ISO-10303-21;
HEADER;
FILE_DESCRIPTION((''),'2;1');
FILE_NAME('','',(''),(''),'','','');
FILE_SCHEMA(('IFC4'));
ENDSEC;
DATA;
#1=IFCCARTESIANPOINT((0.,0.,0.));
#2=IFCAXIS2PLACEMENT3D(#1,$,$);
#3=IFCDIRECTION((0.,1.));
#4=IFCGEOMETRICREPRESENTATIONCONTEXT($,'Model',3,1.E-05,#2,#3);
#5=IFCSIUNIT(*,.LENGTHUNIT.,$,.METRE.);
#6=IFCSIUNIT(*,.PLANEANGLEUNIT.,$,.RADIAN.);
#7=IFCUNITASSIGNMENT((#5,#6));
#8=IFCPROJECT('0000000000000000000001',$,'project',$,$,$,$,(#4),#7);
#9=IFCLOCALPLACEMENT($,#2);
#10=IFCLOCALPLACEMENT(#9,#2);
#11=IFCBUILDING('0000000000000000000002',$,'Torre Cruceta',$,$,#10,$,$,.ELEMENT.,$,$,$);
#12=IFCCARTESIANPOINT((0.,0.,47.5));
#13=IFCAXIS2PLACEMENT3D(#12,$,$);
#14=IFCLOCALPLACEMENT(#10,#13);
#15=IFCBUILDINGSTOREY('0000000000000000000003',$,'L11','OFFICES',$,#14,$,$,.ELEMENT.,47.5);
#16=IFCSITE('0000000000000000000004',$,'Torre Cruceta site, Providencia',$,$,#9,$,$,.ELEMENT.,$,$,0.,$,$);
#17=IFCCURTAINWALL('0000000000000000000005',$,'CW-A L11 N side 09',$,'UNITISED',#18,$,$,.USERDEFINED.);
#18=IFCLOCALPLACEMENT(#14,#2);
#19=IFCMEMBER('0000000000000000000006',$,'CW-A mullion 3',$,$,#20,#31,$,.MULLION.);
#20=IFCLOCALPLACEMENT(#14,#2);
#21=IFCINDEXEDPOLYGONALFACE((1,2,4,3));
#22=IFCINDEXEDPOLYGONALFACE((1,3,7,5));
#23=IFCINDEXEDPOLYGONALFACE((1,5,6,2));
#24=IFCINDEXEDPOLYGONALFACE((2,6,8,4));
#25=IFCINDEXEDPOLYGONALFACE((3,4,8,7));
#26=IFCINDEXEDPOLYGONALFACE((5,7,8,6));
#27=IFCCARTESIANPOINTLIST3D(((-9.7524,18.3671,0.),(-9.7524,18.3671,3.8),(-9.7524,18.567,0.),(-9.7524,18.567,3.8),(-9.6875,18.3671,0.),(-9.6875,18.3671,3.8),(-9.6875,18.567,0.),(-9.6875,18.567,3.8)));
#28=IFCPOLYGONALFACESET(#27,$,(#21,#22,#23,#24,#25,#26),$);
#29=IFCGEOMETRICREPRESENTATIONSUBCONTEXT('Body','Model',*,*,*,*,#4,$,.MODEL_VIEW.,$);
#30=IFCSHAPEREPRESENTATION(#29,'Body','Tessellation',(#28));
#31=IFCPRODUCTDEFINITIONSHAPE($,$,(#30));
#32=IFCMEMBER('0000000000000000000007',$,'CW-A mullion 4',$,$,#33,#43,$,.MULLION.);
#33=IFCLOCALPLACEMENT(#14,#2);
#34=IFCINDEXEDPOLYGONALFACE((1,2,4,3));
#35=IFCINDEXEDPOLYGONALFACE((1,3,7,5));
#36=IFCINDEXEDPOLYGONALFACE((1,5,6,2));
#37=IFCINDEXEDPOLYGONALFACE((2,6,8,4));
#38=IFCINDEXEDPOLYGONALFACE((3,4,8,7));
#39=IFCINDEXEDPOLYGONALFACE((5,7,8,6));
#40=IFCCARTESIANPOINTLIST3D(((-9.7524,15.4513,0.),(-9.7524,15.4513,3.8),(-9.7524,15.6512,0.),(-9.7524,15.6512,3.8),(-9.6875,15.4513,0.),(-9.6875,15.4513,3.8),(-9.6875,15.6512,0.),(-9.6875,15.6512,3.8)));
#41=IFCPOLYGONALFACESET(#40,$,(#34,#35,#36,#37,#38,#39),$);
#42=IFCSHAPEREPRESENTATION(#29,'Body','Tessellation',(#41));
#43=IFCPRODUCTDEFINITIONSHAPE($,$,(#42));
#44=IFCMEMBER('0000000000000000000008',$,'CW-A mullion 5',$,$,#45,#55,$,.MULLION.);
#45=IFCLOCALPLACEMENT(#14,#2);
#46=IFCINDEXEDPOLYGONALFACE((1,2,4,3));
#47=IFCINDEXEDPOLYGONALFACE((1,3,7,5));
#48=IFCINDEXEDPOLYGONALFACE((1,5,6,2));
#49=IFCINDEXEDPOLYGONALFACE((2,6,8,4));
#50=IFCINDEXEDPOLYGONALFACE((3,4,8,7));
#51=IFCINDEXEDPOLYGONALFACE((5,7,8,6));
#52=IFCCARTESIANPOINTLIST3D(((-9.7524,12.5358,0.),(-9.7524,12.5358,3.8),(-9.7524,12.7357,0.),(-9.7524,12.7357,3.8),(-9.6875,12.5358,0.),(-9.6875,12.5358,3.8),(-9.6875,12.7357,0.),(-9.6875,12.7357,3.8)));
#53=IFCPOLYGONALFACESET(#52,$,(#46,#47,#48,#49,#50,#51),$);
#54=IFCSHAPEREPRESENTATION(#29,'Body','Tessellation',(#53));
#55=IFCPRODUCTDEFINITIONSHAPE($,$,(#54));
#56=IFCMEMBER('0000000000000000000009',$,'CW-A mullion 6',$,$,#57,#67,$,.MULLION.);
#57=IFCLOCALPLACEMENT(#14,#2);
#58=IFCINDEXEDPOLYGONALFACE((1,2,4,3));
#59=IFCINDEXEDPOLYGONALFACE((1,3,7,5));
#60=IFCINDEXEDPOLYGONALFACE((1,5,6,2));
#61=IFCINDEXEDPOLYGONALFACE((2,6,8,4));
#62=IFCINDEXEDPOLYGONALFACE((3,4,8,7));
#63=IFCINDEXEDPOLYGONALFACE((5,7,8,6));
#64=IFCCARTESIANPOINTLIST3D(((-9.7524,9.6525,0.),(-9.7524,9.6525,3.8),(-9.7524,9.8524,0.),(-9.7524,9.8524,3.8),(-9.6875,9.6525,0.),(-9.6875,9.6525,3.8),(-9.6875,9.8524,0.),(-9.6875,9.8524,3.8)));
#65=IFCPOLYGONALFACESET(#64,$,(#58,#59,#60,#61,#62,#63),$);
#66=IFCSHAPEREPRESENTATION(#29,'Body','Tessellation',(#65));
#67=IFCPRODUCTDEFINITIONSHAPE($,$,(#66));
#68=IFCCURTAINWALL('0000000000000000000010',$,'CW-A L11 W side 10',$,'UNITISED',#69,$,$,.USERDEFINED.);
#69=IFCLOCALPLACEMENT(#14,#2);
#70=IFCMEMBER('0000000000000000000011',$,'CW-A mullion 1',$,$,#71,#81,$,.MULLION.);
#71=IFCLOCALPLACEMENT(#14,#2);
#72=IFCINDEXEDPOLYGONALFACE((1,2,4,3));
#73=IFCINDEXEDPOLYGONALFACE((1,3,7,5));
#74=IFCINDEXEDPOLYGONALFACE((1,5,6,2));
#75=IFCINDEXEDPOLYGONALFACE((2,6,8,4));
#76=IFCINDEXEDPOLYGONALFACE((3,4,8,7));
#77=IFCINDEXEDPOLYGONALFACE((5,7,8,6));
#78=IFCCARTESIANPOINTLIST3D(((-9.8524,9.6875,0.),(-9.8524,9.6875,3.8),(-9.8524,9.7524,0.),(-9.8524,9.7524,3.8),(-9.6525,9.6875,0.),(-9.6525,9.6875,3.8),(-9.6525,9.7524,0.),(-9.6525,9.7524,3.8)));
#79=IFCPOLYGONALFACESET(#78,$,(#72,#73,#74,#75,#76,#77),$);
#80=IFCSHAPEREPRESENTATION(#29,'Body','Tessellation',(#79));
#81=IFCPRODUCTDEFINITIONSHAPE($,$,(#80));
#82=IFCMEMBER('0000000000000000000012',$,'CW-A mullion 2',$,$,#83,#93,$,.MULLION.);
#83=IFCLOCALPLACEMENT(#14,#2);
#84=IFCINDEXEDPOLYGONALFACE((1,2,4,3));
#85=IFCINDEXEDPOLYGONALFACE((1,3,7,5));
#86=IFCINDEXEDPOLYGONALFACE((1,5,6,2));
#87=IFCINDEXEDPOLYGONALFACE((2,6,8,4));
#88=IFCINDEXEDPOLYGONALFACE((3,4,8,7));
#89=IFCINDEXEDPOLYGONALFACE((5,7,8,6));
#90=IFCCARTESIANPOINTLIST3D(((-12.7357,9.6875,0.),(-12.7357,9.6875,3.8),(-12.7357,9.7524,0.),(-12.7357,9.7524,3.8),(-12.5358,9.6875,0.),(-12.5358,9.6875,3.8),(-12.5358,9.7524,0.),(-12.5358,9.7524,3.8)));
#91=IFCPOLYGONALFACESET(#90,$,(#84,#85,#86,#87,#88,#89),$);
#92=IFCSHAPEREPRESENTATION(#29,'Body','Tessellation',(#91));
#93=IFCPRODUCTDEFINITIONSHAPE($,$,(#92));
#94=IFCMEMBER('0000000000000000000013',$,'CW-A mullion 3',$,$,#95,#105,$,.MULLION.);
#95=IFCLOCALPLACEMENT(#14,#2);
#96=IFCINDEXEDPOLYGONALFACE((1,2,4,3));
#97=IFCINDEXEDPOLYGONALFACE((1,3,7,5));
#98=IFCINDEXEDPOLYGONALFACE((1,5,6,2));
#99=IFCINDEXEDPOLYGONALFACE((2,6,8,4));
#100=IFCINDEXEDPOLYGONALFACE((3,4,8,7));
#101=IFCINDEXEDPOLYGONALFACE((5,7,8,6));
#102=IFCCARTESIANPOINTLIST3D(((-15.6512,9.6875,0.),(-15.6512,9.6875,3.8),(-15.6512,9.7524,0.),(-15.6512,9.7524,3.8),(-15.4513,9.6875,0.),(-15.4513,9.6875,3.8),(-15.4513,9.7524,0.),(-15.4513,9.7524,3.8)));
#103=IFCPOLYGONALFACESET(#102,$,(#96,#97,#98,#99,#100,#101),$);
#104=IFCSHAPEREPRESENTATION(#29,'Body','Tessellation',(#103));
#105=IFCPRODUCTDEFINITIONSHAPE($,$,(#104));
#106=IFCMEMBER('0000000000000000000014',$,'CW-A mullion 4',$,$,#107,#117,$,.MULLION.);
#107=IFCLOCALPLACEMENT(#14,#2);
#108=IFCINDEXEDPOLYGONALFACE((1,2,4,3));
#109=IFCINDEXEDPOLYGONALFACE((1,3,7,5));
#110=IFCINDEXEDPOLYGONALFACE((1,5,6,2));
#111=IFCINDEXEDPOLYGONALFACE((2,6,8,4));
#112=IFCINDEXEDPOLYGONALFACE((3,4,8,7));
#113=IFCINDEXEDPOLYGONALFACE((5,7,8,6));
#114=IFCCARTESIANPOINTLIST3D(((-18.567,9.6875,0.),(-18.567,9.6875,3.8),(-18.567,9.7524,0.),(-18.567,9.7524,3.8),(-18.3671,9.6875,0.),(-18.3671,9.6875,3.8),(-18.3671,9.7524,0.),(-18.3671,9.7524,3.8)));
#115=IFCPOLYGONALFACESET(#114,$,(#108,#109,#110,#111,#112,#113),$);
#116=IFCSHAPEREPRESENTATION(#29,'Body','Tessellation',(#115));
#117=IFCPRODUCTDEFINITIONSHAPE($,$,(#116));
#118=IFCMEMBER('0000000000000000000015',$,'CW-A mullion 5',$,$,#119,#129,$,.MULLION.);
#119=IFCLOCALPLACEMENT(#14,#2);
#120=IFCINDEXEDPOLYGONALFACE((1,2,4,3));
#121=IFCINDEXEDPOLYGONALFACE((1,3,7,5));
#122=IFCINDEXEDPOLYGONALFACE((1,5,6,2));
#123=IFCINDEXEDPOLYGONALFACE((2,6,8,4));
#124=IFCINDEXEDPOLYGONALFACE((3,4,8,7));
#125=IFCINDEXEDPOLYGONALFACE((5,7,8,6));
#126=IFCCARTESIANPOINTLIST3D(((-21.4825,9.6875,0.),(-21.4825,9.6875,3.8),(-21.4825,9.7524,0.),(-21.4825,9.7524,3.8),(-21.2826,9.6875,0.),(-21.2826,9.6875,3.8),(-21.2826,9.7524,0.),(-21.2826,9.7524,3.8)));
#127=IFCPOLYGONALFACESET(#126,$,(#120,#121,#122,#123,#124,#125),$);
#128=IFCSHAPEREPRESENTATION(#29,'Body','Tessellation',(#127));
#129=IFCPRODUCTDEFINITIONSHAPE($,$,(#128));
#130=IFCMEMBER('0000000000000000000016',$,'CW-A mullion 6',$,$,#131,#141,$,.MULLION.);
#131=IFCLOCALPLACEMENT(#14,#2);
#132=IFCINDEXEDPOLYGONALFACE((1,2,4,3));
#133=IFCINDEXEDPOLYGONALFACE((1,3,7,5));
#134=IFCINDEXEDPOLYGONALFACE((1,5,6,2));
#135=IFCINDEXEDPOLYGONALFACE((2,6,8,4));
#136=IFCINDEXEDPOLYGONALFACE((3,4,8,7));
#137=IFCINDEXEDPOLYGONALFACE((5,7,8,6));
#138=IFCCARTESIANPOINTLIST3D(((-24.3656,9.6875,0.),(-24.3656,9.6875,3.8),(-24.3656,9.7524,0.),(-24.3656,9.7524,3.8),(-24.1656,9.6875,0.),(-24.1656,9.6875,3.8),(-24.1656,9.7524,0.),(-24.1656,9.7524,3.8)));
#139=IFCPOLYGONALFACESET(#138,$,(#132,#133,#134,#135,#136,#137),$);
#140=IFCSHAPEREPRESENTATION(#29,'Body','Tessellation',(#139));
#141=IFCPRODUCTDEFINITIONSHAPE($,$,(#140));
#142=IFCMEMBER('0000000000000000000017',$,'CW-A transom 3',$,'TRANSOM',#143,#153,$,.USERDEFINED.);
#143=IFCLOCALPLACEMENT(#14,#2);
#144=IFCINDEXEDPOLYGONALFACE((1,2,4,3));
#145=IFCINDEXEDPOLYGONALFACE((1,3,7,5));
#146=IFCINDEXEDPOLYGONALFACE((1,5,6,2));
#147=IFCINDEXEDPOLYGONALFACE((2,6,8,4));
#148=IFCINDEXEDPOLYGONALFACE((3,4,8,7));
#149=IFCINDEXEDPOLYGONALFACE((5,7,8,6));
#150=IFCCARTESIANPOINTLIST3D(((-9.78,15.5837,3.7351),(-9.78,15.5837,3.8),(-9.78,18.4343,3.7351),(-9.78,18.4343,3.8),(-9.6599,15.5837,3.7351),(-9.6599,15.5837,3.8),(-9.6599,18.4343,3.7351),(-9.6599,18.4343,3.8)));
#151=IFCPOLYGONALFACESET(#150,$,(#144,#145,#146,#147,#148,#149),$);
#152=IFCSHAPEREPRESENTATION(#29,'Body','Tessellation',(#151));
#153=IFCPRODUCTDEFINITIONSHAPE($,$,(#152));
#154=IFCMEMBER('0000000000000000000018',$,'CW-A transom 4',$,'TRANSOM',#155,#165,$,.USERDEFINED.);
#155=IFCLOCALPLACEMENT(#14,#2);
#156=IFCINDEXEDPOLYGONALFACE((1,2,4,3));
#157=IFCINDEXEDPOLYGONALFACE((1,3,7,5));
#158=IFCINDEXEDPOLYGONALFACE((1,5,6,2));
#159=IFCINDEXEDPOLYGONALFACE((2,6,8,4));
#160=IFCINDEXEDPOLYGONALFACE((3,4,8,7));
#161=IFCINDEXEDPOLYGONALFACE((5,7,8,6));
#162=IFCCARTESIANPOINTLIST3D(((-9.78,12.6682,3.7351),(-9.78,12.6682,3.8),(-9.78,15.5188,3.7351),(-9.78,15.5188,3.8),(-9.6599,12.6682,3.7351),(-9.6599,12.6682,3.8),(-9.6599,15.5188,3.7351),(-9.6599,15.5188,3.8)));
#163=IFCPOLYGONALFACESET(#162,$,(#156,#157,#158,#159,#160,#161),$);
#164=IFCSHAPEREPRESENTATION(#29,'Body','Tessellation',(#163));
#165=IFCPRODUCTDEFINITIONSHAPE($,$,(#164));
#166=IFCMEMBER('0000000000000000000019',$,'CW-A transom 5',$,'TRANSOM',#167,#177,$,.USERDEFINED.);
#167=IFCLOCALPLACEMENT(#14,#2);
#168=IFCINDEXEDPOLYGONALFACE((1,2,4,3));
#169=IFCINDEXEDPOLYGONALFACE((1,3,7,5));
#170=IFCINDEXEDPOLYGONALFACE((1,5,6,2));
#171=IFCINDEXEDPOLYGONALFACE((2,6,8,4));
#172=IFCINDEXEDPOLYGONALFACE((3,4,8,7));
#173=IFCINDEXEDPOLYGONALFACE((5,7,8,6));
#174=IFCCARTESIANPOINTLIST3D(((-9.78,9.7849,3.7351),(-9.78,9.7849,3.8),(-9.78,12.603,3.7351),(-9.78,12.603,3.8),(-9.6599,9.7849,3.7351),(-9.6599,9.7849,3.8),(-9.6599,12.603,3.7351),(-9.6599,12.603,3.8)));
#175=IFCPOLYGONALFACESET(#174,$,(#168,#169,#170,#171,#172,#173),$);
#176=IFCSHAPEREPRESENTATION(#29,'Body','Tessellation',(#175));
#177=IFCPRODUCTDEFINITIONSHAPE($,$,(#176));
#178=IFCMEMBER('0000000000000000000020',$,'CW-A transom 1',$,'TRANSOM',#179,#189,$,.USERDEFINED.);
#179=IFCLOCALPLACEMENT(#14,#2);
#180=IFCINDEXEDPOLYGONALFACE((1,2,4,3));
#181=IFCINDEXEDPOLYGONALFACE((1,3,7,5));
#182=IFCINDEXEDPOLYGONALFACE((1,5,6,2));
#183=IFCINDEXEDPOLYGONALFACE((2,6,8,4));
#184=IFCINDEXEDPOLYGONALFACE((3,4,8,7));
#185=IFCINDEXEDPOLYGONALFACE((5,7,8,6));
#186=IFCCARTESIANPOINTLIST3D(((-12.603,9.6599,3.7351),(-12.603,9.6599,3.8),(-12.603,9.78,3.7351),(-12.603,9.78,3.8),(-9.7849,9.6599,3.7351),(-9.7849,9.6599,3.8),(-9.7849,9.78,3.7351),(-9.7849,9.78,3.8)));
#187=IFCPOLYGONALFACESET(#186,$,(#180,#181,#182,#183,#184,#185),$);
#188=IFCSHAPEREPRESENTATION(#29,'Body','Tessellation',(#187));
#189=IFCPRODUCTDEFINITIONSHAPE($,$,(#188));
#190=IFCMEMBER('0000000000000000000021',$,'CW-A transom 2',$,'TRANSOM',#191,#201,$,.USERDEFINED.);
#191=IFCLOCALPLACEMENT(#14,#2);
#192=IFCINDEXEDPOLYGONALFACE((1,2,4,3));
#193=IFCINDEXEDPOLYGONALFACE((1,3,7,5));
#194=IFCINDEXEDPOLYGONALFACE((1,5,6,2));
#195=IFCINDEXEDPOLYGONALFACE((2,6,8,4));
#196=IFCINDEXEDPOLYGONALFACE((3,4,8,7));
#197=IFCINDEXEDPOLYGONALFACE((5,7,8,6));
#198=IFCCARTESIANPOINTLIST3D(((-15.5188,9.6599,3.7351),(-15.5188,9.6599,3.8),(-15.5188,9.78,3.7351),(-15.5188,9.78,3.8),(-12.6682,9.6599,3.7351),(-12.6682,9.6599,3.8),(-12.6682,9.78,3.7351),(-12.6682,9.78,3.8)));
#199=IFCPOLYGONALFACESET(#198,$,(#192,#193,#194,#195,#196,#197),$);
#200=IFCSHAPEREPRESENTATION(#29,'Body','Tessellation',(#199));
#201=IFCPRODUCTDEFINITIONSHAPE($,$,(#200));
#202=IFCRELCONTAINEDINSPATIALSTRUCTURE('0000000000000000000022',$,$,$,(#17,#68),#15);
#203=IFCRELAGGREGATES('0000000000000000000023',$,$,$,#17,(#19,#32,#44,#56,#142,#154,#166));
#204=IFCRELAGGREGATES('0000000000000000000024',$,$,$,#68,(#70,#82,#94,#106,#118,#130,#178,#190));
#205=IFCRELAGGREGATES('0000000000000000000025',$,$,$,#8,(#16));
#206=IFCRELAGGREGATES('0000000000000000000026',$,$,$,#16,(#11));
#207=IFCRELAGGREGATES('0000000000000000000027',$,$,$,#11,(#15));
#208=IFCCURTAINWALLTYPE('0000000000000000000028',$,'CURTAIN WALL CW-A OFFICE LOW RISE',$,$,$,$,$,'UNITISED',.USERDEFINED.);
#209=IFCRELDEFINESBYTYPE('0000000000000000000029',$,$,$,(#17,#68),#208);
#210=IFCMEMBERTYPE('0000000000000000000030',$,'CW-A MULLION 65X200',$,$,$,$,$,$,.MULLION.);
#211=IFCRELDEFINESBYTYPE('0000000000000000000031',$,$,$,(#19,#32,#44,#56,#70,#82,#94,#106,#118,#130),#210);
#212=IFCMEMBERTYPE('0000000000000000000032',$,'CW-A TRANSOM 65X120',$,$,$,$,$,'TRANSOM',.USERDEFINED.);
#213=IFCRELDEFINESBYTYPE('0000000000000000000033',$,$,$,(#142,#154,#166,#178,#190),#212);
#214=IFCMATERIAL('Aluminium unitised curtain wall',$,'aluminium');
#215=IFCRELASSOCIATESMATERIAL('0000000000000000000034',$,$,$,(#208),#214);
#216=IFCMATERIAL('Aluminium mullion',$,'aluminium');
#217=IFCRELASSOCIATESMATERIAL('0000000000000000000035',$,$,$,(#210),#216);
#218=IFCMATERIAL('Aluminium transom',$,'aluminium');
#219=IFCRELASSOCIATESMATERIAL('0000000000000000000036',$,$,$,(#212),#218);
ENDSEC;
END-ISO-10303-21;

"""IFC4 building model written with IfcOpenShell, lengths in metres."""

from ifc_helpers import new_model, si_unit, direction, frame, origin, origin_2d, place, context, subcontext, project, spatial, rectangle, extrude, material, material_profile, profile_set, type_object, element, aggregate, save


model = new_model("IFC4")

# Units and contexts
model_context = context("Model", 3, precision=1e-05, world=origin(), true_north=direction((0.0, 1.0)))
body_context = subcontext(model_context, "Body", "Model", "MODEL_VIEW")
ifc_project = project(units=[si_unit("LENGTHUNIT", "METRE"), si_unit("PLANEANGLEUNIT", "RADIAN")], contexts=[model_context])

# Site, building, storey
site_placement = place(None, origin())
site = spatial("IfcSite", under=ifc_project, at=site_placement, Name="Torre Cruceta site, Providencia", CompositionType="ELEMENT", RefElevation=0.0)
building_placement = place(site_placement, origin())
building = spatial("IfcBuilding", under=site, at=building_placement, Name="Torre Cruceta", CompositionType="ELEMENT")
storey_placement = place(building_placement, frame((0.0, 0.0, 47.5)))
storey = spatial("IfcBuildingStorey", under=building, at=storey_placement, Name="L11", Description="OFFICES", CompositionType="ELEMENT", Elevation=47.5)

# Curtain walls, members
ifc_material_1 = material(Name="Aluminium unitised curtain wall", Category="aluminium")
curtain_wall_type = type_object("IfcCurtainWallType", Name="CURTAIN WALL CW-A OFFICE LOW RISE", ElementType="UNITISED", PredefinedType="USERDEFINED", material=ifc_material_1)
curtain_wall_1_placement = place(storey_placement, origin())
curtain_wall_1 = element("IfcCurtainWall", 1, at=curtain_wall_1_placement, inside=storey, type_object=curtain_wall_type, Name="CW-A L11 N side 09", ObjectType="UNITISED", PredefinedType="USERDEFINED")
ifc_material_2 = material(Name="Aluminium mullion", Category="aluminium")
ifc_material_profile_1 = material_profile(ifc_material_2, rectangle(XDim=0.0649, YDim=0.2, at=origin_2d()), Name="AL 65X200")
ifc_profile_set_1 = profile_set([ifc_material_profile_1], Name="Aluminium mullion")
member_type_1 = type_object("IfcMemberType", Name="CW-A MULLION 65X200", PredefinedType="MULLION", material=ifc_profile_set_1)
member_1_placement = place(storey_placement, frame((-9.72, 18.467, 0.0), z_axis=(0.0, 0.0, 1.0), x_axis=(1.0, 0.0, 0.0)))
member_1 = element("IfcMember", 2, at=member_1_placement, type_object=member_type_1, Name="CW-A mullion 3", PredefinedType="MULLION", context=body_context, shape_type="SweptSolid", body=[
    extrude(rectangle(XDim=0.0649, YDim=0.2, at=origin_2d()), origin(), (0.0, 0.0, 1.0), 3.8),
])
member_2_placement = place(storey_placement, frame((-9.72, 15.5513, 0.0), z_axis=(0.0, 0.0, 1.0), x_axis=(1.0, 0.0, 0.0)))
member_2 = element("IfcMember", 3, at=member_2_placement, type_object=member_type_1, Name="CW-A mullion 4", PredefinedType="MULLION", context=body_context, shape_type="SweptSolid", body=[
    extrude(rectangle(XDim=0.0649, YDim=0.2, at=origin_2d()), origin(), (0.0, 0.0, 1.0), 3.8),
])
member_3_placement = place(storey_placement, frame((-9.72, 12.6357, 0.0), z_axis=(0.0, 0.0, 1.0), x_axis=(1.0, 0.0, 0.0)))
member_3 = element("IfcMember", 4, at=member_3_placement, type_object=member_type_1, Name="CW-A mullion 5", PredefinedType="MULLION", context=body_context, shape_type="SweptSolid", body=[
    extrude(rectangle(XDim=0.0649, YDim=0.2, at=origin_2d()), origin(), (0.0, 0.0, 1.0), 3.8),
])
member_4_placement = place(storey_placement, frame((-9.72, 9.7524, 0.0), z_axis=(0.0, 0.0, 1.0), x_axis=(1.0, 0.0, 0.0)))
member_4 = element("IfcMember", 5, at=member_4_placement, type_object=member_type_1, Name="CW-A mullion 6", PredefinedType="MULLION", context=body_context, shape_type="SweptSolid", body=[
    extrude(rectangle(XDim=0.0649, YDim=0.2, at=origin_2d()), origin(), (0.0, 0.0, 1.0), 3.8),
])
curtain_wall_2_placement = place(storey_placement, origin())
curtain_wall_2 = element("IfcCurtainWall", 6, at=curtain_wall_2_placement, inside=storey, type_object=curtain_wall_type, Name="CW-A L11 W side 10", ObjectType="UNITISED", PredefinedType="USERDEFINED")
member_5_placement = place(storey_placement, frame((-9.7524, 9.72, 0.0), z_axis=(0.0, 0.0, 1.0), x_axis=(0.0, -1.0, 0.0)))
member_5 = element("IfcMember", 7, at=member_5_placement, type_object=member_type_1, Name="CW-A mullion 1", PredefinedType="MULLION", context=body_context, shape_type="SweptSolid", body=[
    extrude(rectangle(XDim=0.0649, YDim=0.2, at=origin_2d()), origin(), (0.0, 0.0, 1.0), 3.8),
])
member_6_placement = place(storey_placement, frame((-12.6357, 9.72, 0.0), z_axis=(0.0, 0.0, 1.0), x_axis=(0.0, -1.0, 0.0)))
member_6 = element("IfcMember", 8, at=member_6_placement, type_object=member_type_1, Name="CW-A mullion 2", PredefinedType="MULLION", context=body_context, shape_type="SweptSolid", body=[
    extrude(rectangle(XDim=0.0649, YDim=0.2, at=origin_2d()), origin(), (0.0, 0.0, 1.0), 3.8),
])
member_7_placement = place(storey_placement, frame((-15.5513, 9.72, 0.0), z_axis=(0.0, 0.0, 1.0), x_axis=(0.0, -1.0, 0.0)))
member_7 = element("IfcMember", 9, at=member_7_placement, type_object=member_type_1, Name="CW-A mullion 3", PredefinedType="MULLION", context=body_context, shape_type="SweptSolid", body=[
    extrude(rectangle(XDim=0.0649, YDim=0.2, at=origin_2d()), origin(), (0.0, 0.0, 1.0), 3.8),
])
member_8_placement = place(storey_placement, frame((-18.467, 9.72, 0.0), z_axis=(0.0, 0.0, 1.0), x_axis=(0.0, -1.0, 0.0)))
member_8 = element("IfcMember", 10, at=member_8_placement, type_object=member_type_1, Name="CW-A mullion 4", PredefinedType="MULLION", context=body_context, shape_type="SweptSolid", body=[
    extrude(rectangle(XDim=0.0649, YDim=0.2, at=origin_2d()), origin(), (0.0, 0.0, 1.0), 3.8),
])
member_9_placement = place(storey_placement, frame((-21.3826, 9.72, 0.0), z_axis=(0.0, 0.0, 1.0), x_axis=(0.0, -1.0, 0.0)))
member_9 = element("IfcMember", 11, at=member_9_placement, type_object=member_type_1, Name="CW-A mullion 5", PredefinedType="MULLION", context=body_context, shape_type="SweptSolid", body=[
    extrude(rectangle(XDim=0.0649, YDim=0.2, at=origin_2d()), origin(), (0.0, 0.0, 1.0), 3.8),
])
member_10_placement = place(storey_placement, frame((-24.2656, 9.72, 0.0), z_axis=(0.0, 0.0, 1.0), x_axis=(0.0, -1.0, 0.0)))
member_10 = element("IfcMember", 12, at=member_10_placement, type_object=member_type_1, Name="CW-A mullion 6", PredefinedType="MULLION", context=body_context, shape_type="SweptSolid", body=[
    extrude(rectangle(XDim=0.0649, YDim=0.2, at=origin_2d()), origin(), (0.0, 0.0, 1.0), 3.8),
])

# Members
ifc_material_3 = material(Name="Aluminium transom", Category="aluminium")
ifc_material_profile_2 = material_profile(ifc_material_3, rectangle(XDim=0.1201, YDim=0.0649, at=origin_2d()), Name="AL 120X65")
ifc_profile_set_2 = profile_set([ifc_material_profile_2], Name="Aluminium transom")
member_type_2 = type_object("IfcMemberType", Name="CW-A TRANSOM 65X120", ElementType="TRANSOM", PredefinedType="USERDEFINED", material=ifc_profile_set_2)
member_11_placement = place(storey_placement, frame((-9.72, 18.4343, 3.7676), z_axis=(0.0, -1.0, 0.0), x_axis=(1.0, 0.0, 0.0)))
member_11 = element("IfcMember", 13, at=member_11_placement, type_object=member_type_2, Name="CW-A transom 3", ObjectType="TRANSOM", PredefinedType="USERDEFINED", context=body_context, shape_type="SweptSolid", body=[
    extrude(rectangle(XDim=0.1201, YDim=0.0649, at=origin_2d()), origin(), (0.0, 0.0, 1.0), 2.8506),
])
member_12_placement = place(storey_placement, frame((-9.72, 15.5188, 3.7676), z_axis=(0.0, -1.0, 0.0), x_axis=(1.0, 0.0, 0.0)))
member_12 = element("IfcMember", 14, at=member_12_placement, type_object=member_type_2, Name="CW-A transom 4", ObjectType="TRANSOM", PredefinedType="USERDEFINED", context=body_context, shape_type="SweptSolid", body=[
    extrude(rectangle(XDim=0.1201, YDim=0.0649, at=origin_2d()), origin(), (0.0, 0.0, 1.0), 2.8506),
])
member_13_placement = place(storey_placement, frame((-9.72, 12.603, 3.7676), z_axis=(0.0, -1.0, 0.0), x_axis=(1.0, 0.0, 0.0)))
member_13 = element("IfcMember", 15, at=member_13_placement, type_object=member_type_2, Name="CW-A transom 5", ObjectType="TRANSOM", PredefinedType="USERDEFINED", context=body_context, shape_type="SweptSolid", body=[
    extrude(rectangle(XDim=0.1201, YDim=0.0649, at=origin_2d()), origin(), (0.0, 0.0, 1.0), 2.8181),
])
member_14_placement = place(storey_placement, frame((-9.7849, 9.72, 3.7676), z_axis=(-1.0, 0.0, 0.0), x_axis=(0.0, -1.0, 0.0)))
member_14 = element("IfcMember", 16, at=member_14_placement, type_object=member_type_2, Name="CW-A transom 1", ObjectType="TRANSOM", PredefinedType="USERDEFINED", context=body_context, shape_type="SweptSolid", body=[
    extrude(rectangle(XDim=0.1201, YDim=0.0649, at=origin_2d()), origin(), (0.0, 0.0, 1.0), 2.8181),
])
member_15_placement = place(storey_placement, frame((-12.6682, 9.72, 3.7676), z_axis=(-1.0, 0.0, 0.0), x_axis=(0.0, -1.0, 0.0)))
member_15 = element("IfcMember", 17, at=member_15_placement, type_object=member_type_2, Name="CW-A transom 2", ObjectType="TRANSOM", PredefinedType="USERDEFINED", context=body_context, shape_type="SweptSolid", body=[
    extrude(rectangle(XDim=0.1201, YDim=0.0649, at=origin_2d()), origin(), (0.0, 0.0, 1.0), 2.8506),
])

aggregate(curtain_wall_1, [member_1, member_2, member_3, member_4, member_11, member_12, member_13])
aggregate(curtain_wall_2, [member_5, member_6, member_7, member_8, member_9, member_10, member_14, member_15])

save(model, "model.ifc")
